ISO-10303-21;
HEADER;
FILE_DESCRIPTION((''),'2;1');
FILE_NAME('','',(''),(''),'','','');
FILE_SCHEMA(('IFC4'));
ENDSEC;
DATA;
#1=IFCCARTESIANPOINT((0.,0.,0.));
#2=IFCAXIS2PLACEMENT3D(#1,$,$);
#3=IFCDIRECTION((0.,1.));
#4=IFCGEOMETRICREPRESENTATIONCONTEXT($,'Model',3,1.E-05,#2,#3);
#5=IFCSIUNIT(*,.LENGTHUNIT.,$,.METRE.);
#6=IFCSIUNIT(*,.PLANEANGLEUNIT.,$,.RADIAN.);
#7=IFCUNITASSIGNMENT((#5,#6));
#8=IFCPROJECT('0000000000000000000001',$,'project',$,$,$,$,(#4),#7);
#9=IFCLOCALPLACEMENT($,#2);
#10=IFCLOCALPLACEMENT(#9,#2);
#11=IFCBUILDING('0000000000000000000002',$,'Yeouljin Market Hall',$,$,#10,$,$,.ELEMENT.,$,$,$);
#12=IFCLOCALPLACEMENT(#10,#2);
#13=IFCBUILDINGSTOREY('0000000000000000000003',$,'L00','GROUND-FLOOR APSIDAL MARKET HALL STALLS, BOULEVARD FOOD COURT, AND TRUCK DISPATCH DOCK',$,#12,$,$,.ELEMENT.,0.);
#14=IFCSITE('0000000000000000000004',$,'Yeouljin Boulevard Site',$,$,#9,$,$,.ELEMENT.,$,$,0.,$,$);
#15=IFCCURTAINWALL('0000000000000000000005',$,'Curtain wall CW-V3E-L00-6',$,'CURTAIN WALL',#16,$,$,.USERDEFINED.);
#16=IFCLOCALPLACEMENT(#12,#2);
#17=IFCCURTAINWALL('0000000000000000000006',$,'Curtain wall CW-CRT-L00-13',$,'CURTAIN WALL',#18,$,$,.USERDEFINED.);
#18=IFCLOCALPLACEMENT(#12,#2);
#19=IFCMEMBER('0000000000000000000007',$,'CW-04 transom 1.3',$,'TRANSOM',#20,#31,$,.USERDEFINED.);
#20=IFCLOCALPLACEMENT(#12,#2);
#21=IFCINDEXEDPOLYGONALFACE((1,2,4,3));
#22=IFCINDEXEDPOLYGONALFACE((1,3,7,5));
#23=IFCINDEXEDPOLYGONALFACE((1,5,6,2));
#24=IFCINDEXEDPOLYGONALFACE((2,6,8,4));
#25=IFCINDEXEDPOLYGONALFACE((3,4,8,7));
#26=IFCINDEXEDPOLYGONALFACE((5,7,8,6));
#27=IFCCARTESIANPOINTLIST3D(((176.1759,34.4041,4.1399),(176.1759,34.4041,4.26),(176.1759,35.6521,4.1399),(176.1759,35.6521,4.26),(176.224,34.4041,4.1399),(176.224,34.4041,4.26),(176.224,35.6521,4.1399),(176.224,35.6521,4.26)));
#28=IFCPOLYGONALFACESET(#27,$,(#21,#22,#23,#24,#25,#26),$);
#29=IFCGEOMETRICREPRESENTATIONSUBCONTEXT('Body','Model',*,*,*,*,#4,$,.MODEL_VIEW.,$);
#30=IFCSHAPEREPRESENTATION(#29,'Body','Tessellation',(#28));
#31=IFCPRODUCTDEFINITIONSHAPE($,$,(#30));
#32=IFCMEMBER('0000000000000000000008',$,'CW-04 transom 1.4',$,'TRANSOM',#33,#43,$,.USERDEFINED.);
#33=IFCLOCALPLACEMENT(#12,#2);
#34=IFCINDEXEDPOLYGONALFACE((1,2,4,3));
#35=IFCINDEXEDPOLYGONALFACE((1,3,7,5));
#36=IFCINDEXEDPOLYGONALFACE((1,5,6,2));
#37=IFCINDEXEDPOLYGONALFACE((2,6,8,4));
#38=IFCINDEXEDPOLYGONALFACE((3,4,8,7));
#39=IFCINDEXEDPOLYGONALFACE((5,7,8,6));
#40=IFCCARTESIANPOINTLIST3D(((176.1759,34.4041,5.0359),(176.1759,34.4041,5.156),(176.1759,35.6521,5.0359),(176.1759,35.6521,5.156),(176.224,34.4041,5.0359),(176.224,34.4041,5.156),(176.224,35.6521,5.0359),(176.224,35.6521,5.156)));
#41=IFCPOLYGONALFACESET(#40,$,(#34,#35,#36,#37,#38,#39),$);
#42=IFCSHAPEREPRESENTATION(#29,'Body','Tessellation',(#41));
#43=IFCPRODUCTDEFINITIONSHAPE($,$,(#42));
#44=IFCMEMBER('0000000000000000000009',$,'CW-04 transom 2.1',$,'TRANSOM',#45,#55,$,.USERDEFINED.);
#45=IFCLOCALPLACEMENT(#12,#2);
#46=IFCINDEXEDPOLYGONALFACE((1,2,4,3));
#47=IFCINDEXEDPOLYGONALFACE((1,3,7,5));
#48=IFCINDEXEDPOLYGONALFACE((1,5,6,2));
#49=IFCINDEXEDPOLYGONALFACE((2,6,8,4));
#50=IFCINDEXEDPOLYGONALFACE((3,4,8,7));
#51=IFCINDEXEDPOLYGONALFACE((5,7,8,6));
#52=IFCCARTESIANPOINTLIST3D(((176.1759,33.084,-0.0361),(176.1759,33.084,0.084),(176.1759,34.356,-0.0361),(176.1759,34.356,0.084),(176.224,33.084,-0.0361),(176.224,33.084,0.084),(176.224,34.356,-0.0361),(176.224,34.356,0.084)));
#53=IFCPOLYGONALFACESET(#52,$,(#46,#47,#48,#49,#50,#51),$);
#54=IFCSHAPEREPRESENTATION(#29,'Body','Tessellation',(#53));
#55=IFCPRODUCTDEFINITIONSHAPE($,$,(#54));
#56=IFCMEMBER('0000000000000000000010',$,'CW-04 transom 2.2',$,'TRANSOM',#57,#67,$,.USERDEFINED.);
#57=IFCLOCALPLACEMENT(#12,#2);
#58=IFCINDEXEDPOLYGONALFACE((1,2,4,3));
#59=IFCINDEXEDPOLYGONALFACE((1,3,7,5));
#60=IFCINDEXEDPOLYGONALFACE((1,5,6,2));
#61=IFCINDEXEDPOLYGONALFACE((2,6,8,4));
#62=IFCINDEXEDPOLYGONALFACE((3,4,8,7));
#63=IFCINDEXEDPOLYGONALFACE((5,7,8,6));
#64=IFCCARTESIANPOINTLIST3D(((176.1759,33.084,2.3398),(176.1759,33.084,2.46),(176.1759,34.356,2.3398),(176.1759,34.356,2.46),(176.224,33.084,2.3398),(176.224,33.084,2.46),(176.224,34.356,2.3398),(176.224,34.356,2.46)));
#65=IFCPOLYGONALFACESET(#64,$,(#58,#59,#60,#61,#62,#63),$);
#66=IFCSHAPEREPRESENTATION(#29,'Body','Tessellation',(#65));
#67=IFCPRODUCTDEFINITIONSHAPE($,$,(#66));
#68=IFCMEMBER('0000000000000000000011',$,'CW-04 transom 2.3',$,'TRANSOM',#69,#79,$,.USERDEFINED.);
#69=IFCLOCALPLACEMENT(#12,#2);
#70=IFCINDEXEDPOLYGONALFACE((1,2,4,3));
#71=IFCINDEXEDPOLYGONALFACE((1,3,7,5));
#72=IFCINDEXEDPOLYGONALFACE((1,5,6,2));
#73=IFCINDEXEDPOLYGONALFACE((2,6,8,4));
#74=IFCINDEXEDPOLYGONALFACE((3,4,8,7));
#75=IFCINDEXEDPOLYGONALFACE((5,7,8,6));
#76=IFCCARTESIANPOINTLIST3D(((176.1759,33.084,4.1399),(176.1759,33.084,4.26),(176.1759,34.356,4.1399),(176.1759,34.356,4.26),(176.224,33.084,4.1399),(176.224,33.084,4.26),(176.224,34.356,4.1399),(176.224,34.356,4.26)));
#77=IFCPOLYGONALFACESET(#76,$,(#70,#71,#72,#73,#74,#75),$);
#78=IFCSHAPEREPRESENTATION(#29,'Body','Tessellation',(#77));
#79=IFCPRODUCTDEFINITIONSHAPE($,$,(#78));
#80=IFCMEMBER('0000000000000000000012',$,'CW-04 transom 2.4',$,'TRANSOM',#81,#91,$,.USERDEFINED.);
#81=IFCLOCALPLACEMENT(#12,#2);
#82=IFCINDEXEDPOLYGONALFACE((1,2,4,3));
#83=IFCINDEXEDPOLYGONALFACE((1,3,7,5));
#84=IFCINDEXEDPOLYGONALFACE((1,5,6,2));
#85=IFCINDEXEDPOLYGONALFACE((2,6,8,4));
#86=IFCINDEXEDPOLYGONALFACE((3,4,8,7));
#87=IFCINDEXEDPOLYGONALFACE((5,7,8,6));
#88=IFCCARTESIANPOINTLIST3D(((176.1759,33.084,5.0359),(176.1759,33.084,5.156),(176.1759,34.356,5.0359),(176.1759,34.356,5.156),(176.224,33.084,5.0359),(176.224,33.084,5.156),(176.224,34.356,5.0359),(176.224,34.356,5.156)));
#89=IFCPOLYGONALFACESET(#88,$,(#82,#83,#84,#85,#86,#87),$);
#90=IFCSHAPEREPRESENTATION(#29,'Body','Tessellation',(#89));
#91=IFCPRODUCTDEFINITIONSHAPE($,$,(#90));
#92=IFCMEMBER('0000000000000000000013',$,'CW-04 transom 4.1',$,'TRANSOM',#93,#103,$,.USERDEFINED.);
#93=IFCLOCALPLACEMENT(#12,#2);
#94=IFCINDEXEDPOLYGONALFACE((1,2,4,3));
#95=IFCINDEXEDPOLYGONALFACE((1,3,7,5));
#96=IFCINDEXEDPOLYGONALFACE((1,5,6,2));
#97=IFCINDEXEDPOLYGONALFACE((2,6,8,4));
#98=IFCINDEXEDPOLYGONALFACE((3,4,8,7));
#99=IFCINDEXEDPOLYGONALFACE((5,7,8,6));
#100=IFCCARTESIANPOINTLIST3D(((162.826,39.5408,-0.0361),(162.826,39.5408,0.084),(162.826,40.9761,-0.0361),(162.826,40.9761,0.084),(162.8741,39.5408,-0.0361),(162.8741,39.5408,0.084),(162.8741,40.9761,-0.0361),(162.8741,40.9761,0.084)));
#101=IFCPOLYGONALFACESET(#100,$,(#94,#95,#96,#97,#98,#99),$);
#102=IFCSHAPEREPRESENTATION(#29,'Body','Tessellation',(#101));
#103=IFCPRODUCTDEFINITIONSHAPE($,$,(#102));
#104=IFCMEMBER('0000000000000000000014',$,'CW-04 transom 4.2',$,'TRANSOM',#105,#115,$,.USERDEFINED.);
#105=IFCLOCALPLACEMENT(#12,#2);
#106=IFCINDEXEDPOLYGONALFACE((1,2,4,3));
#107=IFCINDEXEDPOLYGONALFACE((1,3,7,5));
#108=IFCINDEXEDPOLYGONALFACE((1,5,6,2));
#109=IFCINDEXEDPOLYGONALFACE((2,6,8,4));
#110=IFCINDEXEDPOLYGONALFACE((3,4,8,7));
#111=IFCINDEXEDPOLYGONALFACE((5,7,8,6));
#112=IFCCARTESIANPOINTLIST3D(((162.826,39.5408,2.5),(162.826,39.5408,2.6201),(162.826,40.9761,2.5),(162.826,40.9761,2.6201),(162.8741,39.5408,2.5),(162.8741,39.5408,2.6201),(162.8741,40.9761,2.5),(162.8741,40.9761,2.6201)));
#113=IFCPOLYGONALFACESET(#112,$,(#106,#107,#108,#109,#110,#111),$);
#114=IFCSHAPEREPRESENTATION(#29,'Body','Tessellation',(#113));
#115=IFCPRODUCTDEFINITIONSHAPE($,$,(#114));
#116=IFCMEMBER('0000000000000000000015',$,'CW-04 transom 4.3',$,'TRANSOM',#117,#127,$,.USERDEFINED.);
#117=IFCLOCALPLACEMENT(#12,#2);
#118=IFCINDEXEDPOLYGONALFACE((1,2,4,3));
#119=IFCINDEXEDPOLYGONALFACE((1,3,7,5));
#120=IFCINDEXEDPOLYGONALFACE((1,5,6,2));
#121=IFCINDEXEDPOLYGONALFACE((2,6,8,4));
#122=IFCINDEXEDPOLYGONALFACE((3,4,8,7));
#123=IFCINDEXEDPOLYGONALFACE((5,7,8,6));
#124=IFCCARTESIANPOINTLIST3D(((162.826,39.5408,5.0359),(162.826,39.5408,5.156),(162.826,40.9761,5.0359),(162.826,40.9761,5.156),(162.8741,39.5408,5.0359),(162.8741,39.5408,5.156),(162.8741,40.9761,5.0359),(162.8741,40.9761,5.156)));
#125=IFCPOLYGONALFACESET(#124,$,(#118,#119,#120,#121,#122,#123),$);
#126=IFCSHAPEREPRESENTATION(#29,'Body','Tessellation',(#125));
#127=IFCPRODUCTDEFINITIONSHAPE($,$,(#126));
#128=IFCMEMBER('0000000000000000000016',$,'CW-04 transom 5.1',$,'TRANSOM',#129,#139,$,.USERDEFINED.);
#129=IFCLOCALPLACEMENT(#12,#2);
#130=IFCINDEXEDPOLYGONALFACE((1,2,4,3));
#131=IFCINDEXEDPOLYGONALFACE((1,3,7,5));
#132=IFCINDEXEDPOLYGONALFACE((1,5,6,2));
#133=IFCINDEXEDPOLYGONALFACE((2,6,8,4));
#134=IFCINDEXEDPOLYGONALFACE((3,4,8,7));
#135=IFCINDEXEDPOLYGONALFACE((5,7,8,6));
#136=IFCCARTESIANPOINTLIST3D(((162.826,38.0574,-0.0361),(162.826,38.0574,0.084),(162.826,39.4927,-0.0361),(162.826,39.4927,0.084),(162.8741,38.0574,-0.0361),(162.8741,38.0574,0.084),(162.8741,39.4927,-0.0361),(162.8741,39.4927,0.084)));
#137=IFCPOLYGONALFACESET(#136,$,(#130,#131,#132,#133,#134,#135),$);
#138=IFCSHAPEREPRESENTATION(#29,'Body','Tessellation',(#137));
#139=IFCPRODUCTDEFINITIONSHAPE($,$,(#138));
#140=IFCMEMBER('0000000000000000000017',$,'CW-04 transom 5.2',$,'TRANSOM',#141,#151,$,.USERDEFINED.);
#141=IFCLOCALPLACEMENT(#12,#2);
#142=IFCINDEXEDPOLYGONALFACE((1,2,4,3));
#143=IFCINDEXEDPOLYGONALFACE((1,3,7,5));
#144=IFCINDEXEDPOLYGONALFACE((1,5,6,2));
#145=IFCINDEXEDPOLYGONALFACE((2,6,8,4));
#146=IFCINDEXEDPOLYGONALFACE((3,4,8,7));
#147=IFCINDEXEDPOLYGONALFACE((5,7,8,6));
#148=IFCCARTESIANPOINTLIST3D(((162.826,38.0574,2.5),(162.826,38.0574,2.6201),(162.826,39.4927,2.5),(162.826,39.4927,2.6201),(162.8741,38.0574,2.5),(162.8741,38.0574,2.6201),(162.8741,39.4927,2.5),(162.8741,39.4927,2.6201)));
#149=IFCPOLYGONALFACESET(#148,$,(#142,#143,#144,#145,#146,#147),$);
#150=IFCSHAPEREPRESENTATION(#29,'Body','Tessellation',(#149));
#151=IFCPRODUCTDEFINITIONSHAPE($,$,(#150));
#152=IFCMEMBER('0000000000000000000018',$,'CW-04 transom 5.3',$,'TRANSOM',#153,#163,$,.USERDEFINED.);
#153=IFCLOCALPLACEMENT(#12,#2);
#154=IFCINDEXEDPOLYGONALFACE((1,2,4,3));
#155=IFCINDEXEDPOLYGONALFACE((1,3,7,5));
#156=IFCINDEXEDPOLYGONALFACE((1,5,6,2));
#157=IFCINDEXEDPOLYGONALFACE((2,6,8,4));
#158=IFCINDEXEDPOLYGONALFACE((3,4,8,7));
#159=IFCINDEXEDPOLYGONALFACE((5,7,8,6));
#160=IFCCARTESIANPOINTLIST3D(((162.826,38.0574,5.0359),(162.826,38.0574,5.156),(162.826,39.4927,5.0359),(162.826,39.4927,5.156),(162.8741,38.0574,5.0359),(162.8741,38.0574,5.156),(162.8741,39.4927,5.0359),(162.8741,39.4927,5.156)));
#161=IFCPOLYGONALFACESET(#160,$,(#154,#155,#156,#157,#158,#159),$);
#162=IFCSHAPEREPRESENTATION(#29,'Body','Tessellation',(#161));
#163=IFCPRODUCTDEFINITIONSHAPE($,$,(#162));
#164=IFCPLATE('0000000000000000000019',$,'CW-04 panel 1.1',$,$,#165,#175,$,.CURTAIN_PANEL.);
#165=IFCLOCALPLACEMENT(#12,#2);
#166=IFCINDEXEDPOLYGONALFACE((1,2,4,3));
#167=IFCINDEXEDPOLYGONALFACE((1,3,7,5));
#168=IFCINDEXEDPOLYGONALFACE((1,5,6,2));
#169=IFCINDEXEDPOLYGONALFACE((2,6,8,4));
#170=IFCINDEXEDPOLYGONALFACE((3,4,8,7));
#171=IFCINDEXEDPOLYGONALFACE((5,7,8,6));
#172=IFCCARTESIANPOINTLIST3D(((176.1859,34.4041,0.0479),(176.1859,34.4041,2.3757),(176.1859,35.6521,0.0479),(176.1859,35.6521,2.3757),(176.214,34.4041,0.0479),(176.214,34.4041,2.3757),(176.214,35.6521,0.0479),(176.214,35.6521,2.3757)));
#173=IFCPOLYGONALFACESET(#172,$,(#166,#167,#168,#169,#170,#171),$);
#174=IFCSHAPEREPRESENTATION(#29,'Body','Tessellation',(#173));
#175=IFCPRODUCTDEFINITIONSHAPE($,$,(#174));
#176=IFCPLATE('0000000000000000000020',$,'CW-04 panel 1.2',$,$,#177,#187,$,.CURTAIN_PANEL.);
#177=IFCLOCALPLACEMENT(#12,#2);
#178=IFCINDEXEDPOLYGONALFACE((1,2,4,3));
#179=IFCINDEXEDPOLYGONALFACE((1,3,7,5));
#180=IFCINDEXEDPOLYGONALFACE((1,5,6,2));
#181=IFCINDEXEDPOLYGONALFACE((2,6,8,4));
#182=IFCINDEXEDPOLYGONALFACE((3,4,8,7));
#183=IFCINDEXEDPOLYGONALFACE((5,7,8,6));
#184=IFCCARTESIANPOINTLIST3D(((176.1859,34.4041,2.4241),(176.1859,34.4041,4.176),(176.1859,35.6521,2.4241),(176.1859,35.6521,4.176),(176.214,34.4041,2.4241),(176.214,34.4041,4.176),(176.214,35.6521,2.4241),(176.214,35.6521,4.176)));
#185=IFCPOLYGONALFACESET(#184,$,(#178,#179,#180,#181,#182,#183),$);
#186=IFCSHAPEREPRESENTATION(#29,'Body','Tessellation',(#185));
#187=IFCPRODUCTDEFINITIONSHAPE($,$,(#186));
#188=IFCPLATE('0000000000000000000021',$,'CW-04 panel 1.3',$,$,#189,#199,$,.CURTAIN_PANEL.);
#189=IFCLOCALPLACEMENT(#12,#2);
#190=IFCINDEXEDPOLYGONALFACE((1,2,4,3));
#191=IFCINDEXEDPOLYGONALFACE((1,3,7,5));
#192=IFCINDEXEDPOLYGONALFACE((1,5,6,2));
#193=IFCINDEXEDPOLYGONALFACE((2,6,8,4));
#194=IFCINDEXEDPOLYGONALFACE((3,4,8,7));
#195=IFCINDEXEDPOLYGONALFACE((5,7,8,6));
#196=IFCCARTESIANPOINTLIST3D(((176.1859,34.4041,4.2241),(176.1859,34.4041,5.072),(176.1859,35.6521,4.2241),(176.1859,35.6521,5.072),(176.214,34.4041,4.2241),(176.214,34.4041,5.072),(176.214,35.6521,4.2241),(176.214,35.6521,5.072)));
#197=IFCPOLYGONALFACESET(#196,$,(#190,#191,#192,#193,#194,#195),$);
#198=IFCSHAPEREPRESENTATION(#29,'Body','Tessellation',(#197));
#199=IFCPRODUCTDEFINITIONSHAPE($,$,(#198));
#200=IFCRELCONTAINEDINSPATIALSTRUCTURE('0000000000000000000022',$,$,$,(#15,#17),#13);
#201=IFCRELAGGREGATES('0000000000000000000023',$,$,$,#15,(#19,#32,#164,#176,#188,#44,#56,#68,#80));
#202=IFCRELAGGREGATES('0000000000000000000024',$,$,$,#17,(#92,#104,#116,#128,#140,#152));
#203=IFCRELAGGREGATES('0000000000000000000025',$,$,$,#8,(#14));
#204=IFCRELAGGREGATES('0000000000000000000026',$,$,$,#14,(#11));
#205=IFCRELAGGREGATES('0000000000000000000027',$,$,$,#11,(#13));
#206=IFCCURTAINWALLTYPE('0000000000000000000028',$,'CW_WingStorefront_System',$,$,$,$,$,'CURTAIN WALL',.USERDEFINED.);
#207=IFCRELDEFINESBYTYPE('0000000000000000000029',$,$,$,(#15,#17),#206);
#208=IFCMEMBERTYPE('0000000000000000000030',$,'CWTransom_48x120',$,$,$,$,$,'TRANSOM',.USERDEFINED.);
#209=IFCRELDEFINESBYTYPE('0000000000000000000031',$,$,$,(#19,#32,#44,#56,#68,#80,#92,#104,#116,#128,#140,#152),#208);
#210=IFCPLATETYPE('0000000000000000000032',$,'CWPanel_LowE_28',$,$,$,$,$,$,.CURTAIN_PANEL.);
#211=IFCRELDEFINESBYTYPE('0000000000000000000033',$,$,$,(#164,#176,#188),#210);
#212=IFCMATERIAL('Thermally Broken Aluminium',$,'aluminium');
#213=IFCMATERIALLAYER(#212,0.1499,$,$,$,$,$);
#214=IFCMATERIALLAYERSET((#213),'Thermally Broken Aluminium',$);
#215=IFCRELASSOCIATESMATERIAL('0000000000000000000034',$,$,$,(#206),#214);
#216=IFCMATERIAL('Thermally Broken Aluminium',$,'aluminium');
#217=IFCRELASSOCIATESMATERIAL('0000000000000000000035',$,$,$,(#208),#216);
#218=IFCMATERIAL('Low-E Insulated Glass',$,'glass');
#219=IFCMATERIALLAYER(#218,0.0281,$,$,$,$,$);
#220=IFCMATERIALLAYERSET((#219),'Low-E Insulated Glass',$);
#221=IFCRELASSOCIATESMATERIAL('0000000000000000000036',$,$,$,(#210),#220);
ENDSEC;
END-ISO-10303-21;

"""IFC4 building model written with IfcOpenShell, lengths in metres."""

from ifc_helpers import new_model, si_unit, direction, frame, origin, origin_2d, place, context, subcontext, project, spatial, rectangle, extrude, material, layer, layer_set, material_profile, profile_set, type_object, element, aggregate, save


model = new_model("IFC4")

# Units and contexts
model_context = context("Model", 3, precision=1e-05, world=origin(), true_north=direction((0.0, 1.0)))
body_context = subcontext(model_context, "Body", "Model", "MODEL_VIEW")
ifc_project = project(units=[si_unit("LENGTHUNIT", "METRE"), si_unit("PLANEANGLEUNIT", "RADIAN")], contexts=[model_context])

# Site, building, storey
site_placement = place(None, origin())
site = spatial("IfcSite", under=ifc_project, at=site_placement, Name="Yeouljin Boulevard Site", CompositionType="ELEMENT", RefElevation=0.0)
building_placement = place(site_placement, origin())
building = spatial("IfcBuilding", under=site, at=building_placement, Name="Yeouljin Market Hall", CompositionType="ELEMENT")
storey_placement = place(building_placement, origin())
storey = spatial("IfcBuildingStorey", under=building, at=storey_placement, Name="L00", Description="GROUND-FLOOR APSIDAL MARKET HALL STALLS, BOULEVARD FOOD COURT, AND TRUCK DISPATCH DOCK", CompositionType="ELEMENT", Elevation=0.0)

# Curtain walls
ifc_material_1 = material(Name="Thermally Broken Aluminium", Category="aluminium")
ifc_layer_1 = layer(ifc_material_1, 0.1499)
ifc_layer_set_1 = layer_set([ifc_layer_1], Name="Thermally Broken Aluminium")
curtain_wall_type = type_object("IfcCurtainWallType", Name="CW_WingStorefront_System", ElementType="CURTAIN WALL", PredefinedType="USERDEFINED", material=ifc_layer_set_1)
curtain_wall_1_placement = place(storey_placement, origin())
curtain_wall_1 = element("IfcCurtainWall", 1, at=curtain_wall_1_placement, inside=storey, type_object=curtain_wall_type, Name="Curtain wall CW-V3E-L00-6", ObjectType="CURTAIN WALL", PredefinedType="USERDEFINED")
curtain_wall_2_placement = place(storey_placement, origin())
curtain_wall_2 = element("IfcCurtainWall", 2, at=curtain_wall_2_placement, inside=storey, type_object=curtain_wall_type, Name="Curtain wall CW-CRT-L00-13", ObjectType="CURTAIN WALL", PredefinedType="USERDEFINED")

# Members
ifc_material_2 = material(Name="Thermally Broken Aluminium", Category="aluminium")
ifc_material_profile_1 = material_profile(ifc_material_2, rectangle(XDim=0.0481, YDim=0.1201, at=origin_2d()), Name="CW-TRAN-48x120")
ifc_profile_set_1 = profile_set([ifc_material_profile_1], Name="Thermally Broken Aluminium")
member_type_1 = type_object("IfcMemberType", Name="CWTransom_48x120", ElementType="TRANSOM", PredefinedType="USERDEFINED", material=ifc_profile_set_1)
member_1_placement = place(storey_placement, frame((176.2, 35.6521, 4.2), z_axis=(0.0, -1.0, 0.0), x_axis=(1.0, 0.0, 0.0)))
member_1 = element("IfcMember", 3, at=member_1_placement, type_object=member_type_1, Name="CW-04 transom 1.3", ObjectType="TRANSOM", PredefinedType="USERDEFINED", context=body_context, shape_type="SweptSolid", body=[
    extrude(rectangle(XDim=0.0481, YDim=0.1201, at=origin_2d()), origin(), (0.0, 0.0, 1.0), 1.248),
])
member_2_placement = place(storey_placement, frame((176.2, 35.6521, 5.0959), z_axis=(0.0, -1.0, 0.0), x_axis=(1.0, 0.0, 0.0)))
member_2 = element("IfcMember", 4, at=member_2_placement, type_object=member_type_1, Name="CW-04 transom 1.4", ObjectType="TRANSOM", PredefinedType="USERDEFINED", context=body_context, shape_type="SweptSolid", body=[
    extrude(rectangle(XDim=0.0481, YDim=0.1201, at=origin_2d()), origin(), (0.0, 0.0, 1.0), 1.248),
])
member_3_placement = place(storey_placement, frame((176.2, 34.356, 0.0239), z_axis=(0.0, -1.0, 0.0), x_axis=(1.0, 0.0, 0.0)))
member_3 = element("IfcMember", 5, at=member_3_placement, type_object=member_type_1, Name="CW-04 transom 2.1", ObjectType="TRANSOM", PredefinedType="USERDEFINED", context=body_context, shape_type="SweptSolid", body=[
    extrude(rectangle(XDim=0.0481, YDim=0.1201, at=origin_2d()), origin(), (0.0, 0.0, 1.0), 1.272),
])
member_4_placement = place(storey_placement, frame((176.2, 34.356, 2.3999), z_axis=(0.0, -1.0, 0.0), x_axis=(1.0, 0.0, 0.0)))
member_4 = element("IfcMember", 6, at=member_4_placement, type_object=member_type_1, Name="CW-04 transom 2.2", ObjectType="TRANSOM", PredefinedType="USERDEFINED", context=body_context, shape_type="SweptSolid", body=[
    extrude(rectangle(XDim=0.0481, YDim=0.1201, at=origin_2d()), origin(), (0.0, 0.0, 1.0), 1.272),
])
member_5_placement = place(storey_placement, frame((176.2, 34.356, 4.2), z_axis=(0.0, -1.0, 0.0), x_axis=(1.0, 0.0, 0.0)))
member_5 = element("IfcMember", 7, at=member_5_placement, type_object=member_type_1, Name="CW-04 transom 2.3", ObjectType="TRANSOM", PredefinedType="USERDEFINED", context=body_context, shape_type="SweptSolid", body=[
    extrude(rectangle(XDim=0.0481, YDim=0.1201, at=origin_2d()), origin(), (0.0, 0.0, 1.0), 1.272),
])
member_6_placement = place(storey_placement, frame((176.2, 34.356, 5.0959), z_axis=(0.0, -1.0, 0.0), x_axis=(1.0, 0.0, 0.0)))
member_6 = element("IfcMember", 8, at=member_6_placement, type_object=member_type_1, Name="CW-04 transom 2.4", ObjectType="TRANSOM", PredefinedType="USERDEFINED", context=body_context, shape_type="SweptSolid", body=[
    extrude(rectangle(XDim=0.0481, YDim=0.1201, at=origin_2d()), origin(), (0.0, 0.0, 1.0), 1.272),
])
member_7_placement = place(storey_placement, frame((162.8501, 40.9761, 0.0239), z_axis=(0.0, -1.0, 0.0), x_axis=(1.0, 0.0, 0.0)))
member_7 = element("IfcMember", 9, at=member_7_placement, type_object=member_type_1, Name="CW-04 transom 4.1", ObjectType="TRANSOM", PredefinedType="USERDEFINED", context=body_context, shape_type="SweptSolid", body=[
    extrude(rectangle(XDim=0.0481, YDim=0.1201, at=origin_2d()), origin(), (0.0, 0.0, 1.0), 1.4353),
])
member_8_placement = place(storey_placement, frame((162.8501, 40.9761, 2.5601), z_axis=(0.0, -1.0, 0.0), x_axis=(1.0, 0.0, 0.0)))
member_8 = element("IfcMember", 10, at=member_8_placement, type_object=member_type_1, Name="CW-04 transom 4.2", ObjectType="TRANSOM", PredefinedType="USERDEFINED", context=body_context, shape_type="SweptSolid", body=[
    extrude(rectangle(XDim=0.0481, YDim=0.1201, at=origin_2d()), origin(), (0.0, 0.0, 1.0), 1.4353),
])
member_9_placement = place(storey_placement, frame((162.8501, 40.9761, 5.0959), z_axis=(0.0, -1.0, 0.0), x_axis=(1.0, 0.0, 0.0)))
member_9 = element("IfcMember", 11, at=member_9_placement, type_object=member_type_1, Name="CW-04 transom 4.3", ObjectType="TRANSOM", PredefinedType="USERDEFINED", context=body_context, shape_type="SweptSolid", body=[
    extrude(rectangle(XDim=0.0481, YDim=0.1201, at=origin_2d()), origin(), (0.0, 0.0, 1.0), 1.4353),
])
member_10_placement = place(storey_placement, frame((162.8501, 39.4927, 0.0239), z_axis=(0.0, -1.0, 0.0), x_axis=(1.0, 0.0, 0.0)))
member_10 = element("IfcMember", 12, at=member_10_placement, type_object=member_type_1, Name="CW-04 transom 5.1", ObjectType="TRANSOM", PredefinedType="USERDEFINED", context=body_context, shape_type="SweptSolid", body=[
    extrude(rectangle(XDim=0.0481, YDim=0.1201, at=origin_2d()), origin(), (0.0, 0.0, 1.0), 1.4353),
])
member_11_placement = place(storey_placement, frame((162.8501, 39.4927, 2.5601), z_axis=(0.0, -1.0, 0.0), x_axis=(1.0, 0.0, 0.0)))
member_11 = element("IfcMember", 13, at=member_11_placement, type_object=member_type_1, Name="CW-04 transom 5.2", ObjectType="TRANSOM", PredefinedType="USERDEFINED", context=body_context, shape_type="SweptSolid", body=[
    extrude(rectangle(XDim=0.0481, YDim=0.1201, at=origin_2d()), origin(), (0.0, 0.0, 1.0), 1.4353),
])
member_12_placement = place(storey_placement, frame((162.8501, 39.4927, 5.0959), z_axis=(0.0, -1.0, 0.0), x_axis=(1.0, 0.0, 0.0)))
member_12 = element("IfcMember", 14, at=member_12_placement, type_object=member_type_1, Name="CW-04 transom 5.3", ObjectType="TRANSOM", PredefinedType="USERDEFINED", context=body_context, shape_type="SweptSolid", body=[
    extrude(rectangle(XDim=0.0481, YDim=0.1201, at=origin_2d()), origin(), (0.0, 0.0, 1.0), 1.4353),
])

# Plates
ifc_material_3 = material(Name="Low-E Insulated Glass", Category="glass")
ifc_layer_2 = layer(ifc_material_3, 0.0281)
ifc_layer_set_2 = layer_set([ifc_layer_2], Name="Low-E Insulated Glass")
plate_type = type_object("IfcPlateType", Name="CWPanel_LowE_28", PredefinedType="CURTAIN_PANEL", material=ifc_layer_set_2)
plate_1_placement = place(storey_placement, frame((176.2, 35.0281, 0.0479), z_axis=(0.0, 0.0, 1.0), x_axis=(0.0, -1.0, 0.0)))
plate_1 = element("IfcPlate", 15, at=plate_1_placement, type_object=plate_type, Name="CW-04 panel 1.1", PredefinedType="CURTAIN_PANEL", context=body_context, shape_type="SweptSolid", body=[
    extrude(rectangle(XDim=1.248, YDim=0.0281, at=origin_2d()), origin(), (0.0, 0.0, 1.0), 2.3279),
])
plate_2_placement = place(storey_placement, frame((176.2, 35.0281, 2.4241), z_axis=(0.0, 0.0, 1.0), x_axis=(0.0, -1.0, 0.0)))
plate_2 = element("IfcPlate", 16, at=plate_2_placement, type_object=plate_type, Name="CW-04 panel 1.2", PredefinedType="CURTAIN_PANEL", context=body_context, shape_type="SweptSolid", body=[
    extrude(rectangle(XDim=1.248, YDim=0.0281, at=origin_2d()), origin(), (0.0, 0.0, 1.0), 1.752),
])
plate_3_placement = place(storey_placement, frame((176.2, 35.0281, 4.2241), z_axis=(0.0, 0.0, 1.0), x_axis=(0.0, -1.0, 0.0)))
plate_3 = element("IfcPlate", 17, at=plate_3_placement, type_object=plate_type, Name="CW-04 panel 1.3", PredefinedType="CURTAIN_PANEL", context=body_context, shape_type="SweptSolid", body=[
    extrude(rectangle(XDim=1.248, YDim=0.0281, at=origin_2d()), origin(), (0.0, 0.0, 1.0), 0.8479),
])
aggregate(curtain_wall_1, [member_1, member_2, plate_1, plate_2, plate_3, member_3, member_4, member_5, member_6])
aggregate(curtain_wall_2, [member_7, member_8, member_9, member_10, member_11, member_12])

save(model, "model.ifc")
